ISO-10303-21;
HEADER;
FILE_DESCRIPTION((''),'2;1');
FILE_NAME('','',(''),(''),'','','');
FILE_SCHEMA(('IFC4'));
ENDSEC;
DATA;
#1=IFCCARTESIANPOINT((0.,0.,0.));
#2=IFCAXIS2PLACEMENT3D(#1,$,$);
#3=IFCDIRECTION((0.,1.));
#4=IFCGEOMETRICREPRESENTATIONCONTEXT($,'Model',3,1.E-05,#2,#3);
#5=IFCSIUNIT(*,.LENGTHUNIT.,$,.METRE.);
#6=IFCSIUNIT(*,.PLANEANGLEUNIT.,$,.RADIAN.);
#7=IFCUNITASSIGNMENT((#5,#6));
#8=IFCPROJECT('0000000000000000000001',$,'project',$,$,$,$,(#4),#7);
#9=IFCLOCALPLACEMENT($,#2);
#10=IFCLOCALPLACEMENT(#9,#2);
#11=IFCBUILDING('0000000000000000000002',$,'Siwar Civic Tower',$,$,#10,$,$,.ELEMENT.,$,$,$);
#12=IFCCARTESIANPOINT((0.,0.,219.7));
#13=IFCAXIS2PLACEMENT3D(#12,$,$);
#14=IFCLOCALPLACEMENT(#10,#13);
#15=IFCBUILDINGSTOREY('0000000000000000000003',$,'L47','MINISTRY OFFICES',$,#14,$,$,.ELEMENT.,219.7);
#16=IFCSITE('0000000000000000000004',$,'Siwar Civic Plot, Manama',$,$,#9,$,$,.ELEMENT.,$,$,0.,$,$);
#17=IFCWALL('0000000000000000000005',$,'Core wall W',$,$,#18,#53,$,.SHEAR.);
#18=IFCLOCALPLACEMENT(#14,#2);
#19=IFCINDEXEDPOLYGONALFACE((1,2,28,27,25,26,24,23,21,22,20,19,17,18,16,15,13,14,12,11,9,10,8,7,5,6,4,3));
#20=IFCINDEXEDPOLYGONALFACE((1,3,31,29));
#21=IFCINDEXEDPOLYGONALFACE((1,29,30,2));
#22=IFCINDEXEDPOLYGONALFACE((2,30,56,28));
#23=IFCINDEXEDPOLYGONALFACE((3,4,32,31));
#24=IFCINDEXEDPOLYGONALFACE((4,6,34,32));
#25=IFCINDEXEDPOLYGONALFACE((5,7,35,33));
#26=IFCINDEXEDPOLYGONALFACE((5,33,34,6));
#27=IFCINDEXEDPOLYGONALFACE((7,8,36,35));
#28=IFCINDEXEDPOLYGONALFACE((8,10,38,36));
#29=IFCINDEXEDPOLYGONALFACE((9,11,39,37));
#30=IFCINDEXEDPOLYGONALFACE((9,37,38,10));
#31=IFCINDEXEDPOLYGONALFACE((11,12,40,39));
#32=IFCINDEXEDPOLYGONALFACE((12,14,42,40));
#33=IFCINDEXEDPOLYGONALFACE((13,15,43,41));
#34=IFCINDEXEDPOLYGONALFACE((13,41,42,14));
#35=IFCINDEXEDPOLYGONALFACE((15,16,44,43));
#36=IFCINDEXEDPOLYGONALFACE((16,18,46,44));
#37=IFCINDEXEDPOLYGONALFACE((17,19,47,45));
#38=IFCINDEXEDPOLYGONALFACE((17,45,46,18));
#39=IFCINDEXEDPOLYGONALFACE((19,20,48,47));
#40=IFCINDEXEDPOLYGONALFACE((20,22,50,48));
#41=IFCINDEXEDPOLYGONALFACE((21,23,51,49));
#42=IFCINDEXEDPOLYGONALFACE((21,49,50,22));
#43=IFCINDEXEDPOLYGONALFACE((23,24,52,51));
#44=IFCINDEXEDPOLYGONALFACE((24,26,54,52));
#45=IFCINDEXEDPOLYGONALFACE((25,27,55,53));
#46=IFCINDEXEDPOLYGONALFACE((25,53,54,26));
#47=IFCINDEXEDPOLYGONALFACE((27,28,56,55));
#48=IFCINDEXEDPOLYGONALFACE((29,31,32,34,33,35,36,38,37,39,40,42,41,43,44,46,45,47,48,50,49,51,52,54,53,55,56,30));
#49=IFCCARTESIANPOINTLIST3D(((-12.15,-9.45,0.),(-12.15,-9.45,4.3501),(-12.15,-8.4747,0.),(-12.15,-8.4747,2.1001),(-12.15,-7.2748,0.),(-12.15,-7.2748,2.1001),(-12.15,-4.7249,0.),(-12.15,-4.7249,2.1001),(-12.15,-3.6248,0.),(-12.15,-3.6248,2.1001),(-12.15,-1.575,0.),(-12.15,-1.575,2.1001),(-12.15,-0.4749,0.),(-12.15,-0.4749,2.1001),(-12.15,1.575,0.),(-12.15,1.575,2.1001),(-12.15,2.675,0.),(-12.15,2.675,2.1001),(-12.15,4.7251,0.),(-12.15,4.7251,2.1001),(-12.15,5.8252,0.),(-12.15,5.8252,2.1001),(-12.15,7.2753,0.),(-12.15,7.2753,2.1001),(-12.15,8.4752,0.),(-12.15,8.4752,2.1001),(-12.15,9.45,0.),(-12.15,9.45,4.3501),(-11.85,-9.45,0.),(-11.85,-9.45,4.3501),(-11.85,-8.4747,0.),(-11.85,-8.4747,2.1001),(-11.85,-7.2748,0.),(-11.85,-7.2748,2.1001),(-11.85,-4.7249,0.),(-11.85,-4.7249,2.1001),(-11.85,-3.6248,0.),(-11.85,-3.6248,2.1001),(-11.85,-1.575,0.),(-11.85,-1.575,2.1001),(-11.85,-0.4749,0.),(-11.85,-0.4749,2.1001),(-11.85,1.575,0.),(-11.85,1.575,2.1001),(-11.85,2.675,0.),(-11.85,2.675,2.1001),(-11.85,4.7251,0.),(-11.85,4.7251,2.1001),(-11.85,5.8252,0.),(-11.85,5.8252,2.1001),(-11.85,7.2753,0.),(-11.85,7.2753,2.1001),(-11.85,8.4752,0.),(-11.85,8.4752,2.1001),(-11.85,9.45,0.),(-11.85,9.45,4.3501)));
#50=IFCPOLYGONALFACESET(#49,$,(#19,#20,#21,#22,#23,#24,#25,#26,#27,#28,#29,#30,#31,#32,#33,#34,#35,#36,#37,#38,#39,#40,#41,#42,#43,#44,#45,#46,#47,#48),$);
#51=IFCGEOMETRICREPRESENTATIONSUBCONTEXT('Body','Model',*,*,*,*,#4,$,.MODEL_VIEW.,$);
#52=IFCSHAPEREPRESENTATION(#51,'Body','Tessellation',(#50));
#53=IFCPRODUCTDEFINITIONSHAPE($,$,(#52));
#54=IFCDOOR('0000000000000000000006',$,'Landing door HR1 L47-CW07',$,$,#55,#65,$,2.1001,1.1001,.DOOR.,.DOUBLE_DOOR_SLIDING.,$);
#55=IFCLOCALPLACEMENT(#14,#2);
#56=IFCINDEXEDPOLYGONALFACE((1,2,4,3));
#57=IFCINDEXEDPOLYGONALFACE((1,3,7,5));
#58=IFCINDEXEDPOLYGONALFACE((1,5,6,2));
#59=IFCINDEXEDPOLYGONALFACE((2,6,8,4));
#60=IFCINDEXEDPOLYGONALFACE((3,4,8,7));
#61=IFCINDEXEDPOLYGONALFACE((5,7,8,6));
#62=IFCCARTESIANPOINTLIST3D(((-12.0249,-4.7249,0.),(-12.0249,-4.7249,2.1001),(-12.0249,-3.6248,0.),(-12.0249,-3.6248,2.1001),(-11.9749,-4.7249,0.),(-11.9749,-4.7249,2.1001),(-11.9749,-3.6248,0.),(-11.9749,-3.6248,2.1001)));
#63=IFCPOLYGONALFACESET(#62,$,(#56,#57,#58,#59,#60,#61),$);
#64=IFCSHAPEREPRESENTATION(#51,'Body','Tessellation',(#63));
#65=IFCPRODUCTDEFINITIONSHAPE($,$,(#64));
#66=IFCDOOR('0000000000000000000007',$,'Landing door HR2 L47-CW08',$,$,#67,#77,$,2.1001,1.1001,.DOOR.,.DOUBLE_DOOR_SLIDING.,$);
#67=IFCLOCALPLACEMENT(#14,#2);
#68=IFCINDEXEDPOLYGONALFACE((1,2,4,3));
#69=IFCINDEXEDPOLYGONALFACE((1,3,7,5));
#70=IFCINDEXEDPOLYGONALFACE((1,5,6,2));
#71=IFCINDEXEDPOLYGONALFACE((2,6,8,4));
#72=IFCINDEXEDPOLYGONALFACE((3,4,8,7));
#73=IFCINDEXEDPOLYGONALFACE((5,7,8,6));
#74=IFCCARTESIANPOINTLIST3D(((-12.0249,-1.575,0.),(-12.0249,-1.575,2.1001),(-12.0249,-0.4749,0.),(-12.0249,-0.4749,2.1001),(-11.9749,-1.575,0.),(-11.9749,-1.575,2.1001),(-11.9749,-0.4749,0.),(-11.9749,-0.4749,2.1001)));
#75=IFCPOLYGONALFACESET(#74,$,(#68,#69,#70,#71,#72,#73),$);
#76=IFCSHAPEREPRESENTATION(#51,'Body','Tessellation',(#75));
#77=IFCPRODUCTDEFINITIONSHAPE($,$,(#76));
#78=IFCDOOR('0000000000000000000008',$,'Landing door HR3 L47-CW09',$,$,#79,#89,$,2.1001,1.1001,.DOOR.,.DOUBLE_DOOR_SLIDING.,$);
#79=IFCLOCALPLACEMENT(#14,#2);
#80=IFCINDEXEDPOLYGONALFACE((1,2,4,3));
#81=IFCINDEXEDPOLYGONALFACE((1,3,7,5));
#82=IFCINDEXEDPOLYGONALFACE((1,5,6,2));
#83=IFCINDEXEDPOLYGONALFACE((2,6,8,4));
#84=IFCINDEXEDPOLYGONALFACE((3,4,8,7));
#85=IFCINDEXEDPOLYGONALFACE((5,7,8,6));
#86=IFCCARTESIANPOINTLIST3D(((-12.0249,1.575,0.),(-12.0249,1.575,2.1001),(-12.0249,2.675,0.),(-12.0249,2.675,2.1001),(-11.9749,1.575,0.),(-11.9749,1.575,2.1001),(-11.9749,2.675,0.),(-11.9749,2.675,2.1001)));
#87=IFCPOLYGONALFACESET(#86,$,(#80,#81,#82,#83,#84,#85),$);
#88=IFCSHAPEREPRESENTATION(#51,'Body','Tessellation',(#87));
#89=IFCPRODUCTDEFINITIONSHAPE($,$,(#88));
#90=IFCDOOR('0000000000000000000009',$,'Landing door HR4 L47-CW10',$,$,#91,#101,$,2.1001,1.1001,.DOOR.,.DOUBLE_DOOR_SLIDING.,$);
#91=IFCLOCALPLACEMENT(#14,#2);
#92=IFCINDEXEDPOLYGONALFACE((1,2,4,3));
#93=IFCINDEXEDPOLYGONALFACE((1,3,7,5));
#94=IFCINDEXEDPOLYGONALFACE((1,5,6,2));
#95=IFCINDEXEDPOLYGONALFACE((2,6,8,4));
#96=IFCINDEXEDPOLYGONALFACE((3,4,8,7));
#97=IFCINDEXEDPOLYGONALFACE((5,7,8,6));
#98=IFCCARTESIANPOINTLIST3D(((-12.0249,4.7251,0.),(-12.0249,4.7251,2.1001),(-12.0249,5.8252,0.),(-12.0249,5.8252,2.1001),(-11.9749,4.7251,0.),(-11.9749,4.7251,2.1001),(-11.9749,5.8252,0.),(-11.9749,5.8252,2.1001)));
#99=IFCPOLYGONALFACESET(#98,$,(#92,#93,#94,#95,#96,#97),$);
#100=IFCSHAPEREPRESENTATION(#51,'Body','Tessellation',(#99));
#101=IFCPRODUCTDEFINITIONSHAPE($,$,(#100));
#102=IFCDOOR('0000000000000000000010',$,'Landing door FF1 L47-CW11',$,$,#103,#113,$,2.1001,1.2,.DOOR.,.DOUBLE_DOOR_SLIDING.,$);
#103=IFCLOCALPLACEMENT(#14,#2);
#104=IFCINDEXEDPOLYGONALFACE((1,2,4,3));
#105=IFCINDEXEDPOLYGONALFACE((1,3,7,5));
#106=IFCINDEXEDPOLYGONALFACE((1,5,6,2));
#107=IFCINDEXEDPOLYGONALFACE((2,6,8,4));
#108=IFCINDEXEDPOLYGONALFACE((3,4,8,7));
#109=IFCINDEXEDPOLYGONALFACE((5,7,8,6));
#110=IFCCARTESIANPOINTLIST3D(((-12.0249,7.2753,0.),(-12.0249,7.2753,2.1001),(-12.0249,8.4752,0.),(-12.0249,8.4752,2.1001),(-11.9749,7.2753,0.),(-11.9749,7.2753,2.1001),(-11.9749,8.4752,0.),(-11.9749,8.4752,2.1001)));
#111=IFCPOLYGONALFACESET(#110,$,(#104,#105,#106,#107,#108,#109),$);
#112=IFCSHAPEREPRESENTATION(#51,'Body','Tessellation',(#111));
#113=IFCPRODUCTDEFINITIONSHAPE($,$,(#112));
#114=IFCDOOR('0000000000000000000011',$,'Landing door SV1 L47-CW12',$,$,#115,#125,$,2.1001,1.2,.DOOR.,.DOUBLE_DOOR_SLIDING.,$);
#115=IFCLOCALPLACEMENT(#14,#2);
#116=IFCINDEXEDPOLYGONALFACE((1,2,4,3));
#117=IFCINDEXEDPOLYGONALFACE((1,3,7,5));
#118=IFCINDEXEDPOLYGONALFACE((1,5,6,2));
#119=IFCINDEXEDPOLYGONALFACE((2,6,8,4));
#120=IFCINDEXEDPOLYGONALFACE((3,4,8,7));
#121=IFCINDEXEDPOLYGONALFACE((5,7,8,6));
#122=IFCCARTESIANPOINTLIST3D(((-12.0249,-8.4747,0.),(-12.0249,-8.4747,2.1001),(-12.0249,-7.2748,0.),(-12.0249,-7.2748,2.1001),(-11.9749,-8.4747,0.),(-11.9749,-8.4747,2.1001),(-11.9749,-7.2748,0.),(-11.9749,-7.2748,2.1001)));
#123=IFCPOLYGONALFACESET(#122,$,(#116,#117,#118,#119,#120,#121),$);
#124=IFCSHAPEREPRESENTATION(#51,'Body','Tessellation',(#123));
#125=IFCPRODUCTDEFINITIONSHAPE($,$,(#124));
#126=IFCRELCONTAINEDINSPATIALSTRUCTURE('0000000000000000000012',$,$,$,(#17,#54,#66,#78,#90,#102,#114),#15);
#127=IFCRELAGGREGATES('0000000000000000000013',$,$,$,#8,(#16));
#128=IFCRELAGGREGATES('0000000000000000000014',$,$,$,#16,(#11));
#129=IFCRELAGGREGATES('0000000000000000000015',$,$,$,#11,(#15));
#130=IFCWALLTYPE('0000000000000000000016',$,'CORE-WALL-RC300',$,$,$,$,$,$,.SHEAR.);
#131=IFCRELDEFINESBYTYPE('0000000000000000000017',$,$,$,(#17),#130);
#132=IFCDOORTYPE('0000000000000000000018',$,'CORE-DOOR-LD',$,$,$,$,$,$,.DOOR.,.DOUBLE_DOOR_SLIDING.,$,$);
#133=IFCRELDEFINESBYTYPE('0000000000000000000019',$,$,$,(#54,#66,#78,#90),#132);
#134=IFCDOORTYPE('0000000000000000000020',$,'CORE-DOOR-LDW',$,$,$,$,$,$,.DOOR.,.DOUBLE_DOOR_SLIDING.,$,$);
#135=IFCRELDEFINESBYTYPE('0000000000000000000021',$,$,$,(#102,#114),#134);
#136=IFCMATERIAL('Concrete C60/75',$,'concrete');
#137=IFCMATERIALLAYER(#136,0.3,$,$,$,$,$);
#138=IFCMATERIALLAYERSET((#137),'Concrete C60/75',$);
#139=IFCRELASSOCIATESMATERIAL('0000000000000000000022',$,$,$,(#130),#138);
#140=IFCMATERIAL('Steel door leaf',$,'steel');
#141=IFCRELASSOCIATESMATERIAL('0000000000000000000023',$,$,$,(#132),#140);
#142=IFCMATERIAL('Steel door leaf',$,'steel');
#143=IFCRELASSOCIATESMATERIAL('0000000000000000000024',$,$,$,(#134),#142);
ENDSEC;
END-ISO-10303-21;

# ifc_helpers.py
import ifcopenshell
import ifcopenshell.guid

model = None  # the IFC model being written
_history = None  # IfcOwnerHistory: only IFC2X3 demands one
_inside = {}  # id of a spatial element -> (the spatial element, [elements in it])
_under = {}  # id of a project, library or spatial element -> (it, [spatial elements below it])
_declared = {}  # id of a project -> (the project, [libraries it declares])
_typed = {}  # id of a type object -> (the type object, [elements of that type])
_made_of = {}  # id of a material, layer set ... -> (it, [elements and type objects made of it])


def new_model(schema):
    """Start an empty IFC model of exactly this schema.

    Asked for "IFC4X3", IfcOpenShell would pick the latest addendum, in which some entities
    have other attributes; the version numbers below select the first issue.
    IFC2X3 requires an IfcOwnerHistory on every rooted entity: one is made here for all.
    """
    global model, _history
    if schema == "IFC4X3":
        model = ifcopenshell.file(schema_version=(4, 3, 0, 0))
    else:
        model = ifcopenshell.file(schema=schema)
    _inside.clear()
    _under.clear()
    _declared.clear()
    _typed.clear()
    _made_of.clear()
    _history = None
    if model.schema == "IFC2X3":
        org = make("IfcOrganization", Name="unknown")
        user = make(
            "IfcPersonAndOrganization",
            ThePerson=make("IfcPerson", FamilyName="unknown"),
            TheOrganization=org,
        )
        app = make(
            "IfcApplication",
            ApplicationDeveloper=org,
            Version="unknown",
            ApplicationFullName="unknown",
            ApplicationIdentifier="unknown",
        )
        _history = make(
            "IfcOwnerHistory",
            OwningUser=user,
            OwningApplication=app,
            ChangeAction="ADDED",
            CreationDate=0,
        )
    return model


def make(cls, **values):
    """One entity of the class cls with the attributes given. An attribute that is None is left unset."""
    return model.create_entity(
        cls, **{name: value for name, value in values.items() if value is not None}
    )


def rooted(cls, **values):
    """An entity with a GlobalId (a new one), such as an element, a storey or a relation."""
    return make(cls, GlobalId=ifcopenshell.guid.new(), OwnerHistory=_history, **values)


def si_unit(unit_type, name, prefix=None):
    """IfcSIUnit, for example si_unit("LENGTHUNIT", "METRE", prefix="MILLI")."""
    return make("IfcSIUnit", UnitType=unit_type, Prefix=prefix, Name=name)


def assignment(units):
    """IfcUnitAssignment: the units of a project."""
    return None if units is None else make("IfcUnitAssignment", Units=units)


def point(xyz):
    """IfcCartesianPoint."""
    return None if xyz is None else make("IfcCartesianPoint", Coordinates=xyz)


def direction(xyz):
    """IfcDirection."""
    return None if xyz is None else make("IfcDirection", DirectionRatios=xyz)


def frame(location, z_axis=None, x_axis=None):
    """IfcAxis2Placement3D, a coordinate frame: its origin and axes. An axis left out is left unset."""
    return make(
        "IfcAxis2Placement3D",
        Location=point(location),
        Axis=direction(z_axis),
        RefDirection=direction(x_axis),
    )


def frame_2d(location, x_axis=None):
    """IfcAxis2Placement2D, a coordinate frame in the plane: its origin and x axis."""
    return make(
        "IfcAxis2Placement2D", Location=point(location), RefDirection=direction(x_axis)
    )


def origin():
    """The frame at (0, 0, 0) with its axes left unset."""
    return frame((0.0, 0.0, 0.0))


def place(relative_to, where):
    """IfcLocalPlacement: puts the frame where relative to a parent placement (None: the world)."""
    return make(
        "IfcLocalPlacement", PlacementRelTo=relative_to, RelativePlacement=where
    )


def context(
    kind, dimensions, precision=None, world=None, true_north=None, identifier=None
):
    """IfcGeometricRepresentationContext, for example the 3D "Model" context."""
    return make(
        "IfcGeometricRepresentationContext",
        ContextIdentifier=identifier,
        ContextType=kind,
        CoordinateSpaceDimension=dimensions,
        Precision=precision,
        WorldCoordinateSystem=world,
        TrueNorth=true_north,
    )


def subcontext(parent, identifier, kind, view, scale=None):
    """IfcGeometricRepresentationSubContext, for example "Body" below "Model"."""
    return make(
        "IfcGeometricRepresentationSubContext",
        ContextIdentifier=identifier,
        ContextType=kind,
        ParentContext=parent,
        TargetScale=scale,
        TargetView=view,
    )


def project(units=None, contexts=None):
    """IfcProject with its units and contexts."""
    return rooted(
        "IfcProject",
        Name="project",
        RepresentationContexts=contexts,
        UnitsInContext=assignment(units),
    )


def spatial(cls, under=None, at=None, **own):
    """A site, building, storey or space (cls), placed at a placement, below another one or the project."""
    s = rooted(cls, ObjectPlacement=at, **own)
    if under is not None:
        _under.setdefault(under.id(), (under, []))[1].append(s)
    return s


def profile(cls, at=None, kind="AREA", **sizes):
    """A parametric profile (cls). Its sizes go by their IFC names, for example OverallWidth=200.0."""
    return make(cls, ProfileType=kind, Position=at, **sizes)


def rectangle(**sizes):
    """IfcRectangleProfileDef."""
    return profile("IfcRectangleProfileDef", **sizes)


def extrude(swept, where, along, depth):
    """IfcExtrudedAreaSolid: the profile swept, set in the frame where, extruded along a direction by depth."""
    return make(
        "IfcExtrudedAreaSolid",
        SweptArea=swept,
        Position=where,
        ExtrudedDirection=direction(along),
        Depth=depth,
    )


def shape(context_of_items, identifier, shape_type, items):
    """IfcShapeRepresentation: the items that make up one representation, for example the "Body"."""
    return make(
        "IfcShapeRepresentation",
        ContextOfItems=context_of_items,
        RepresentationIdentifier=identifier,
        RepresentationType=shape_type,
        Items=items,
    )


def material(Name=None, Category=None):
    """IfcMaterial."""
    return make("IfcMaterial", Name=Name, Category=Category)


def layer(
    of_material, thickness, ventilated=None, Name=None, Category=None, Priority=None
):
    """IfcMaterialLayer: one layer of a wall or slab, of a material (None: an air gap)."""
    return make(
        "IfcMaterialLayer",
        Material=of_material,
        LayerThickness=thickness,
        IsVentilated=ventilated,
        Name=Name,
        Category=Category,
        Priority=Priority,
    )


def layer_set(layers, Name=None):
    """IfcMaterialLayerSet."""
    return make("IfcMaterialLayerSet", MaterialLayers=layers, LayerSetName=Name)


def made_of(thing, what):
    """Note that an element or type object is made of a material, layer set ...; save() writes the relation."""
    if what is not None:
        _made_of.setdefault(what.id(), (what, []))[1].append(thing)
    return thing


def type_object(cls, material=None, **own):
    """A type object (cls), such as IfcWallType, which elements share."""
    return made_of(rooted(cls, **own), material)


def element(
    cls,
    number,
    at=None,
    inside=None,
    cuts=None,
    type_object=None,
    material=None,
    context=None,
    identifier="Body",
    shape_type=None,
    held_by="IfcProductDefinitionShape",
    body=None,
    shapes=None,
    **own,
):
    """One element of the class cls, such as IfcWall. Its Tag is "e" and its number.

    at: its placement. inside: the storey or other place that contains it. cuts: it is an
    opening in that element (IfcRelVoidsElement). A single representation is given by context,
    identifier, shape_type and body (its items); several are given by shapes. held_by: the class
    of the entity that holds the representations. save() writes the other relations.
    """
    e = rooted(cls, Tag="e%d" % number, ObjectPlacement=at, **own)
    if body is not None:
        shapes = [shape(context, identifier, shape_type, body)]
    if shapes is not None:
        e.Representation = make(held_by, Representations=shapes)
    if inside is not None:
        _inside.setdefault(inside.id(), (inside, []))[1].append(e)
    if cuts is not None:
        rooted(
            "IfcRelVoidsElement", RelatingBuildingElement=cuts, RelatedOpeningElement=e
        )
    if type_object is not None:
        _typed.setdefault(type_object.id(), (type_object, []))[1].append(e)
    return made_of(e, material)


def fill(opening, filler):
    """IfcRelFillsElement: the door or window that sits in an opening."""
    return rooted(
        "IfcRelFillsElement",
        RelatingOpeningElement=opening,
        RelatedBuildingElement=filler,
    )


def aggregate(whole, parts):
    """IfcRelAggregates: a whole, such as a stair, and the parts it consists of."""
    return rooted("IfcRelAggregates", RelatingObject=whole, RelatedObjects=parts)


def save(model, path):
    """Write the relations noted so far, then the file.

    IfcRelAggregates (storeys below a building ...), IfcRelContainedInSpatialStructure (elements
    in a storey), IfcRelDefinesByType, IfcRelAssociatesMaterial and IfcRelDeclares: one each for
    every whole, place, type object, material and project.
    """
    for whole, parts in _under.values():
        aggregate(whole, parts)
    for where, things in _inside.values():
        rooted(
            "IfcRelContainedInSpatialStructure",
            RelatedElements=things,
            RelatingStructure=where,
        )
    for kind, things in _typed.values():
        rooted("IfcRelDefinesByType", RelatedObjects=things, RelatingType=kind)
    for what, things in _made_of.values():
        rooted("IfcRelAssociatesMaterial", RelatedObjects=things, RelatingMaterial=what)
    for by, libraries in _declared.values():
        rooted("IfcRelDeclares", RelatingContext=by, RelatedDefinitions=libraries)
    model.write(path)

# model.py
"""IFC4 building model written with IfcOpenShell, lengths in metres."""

from ifc_helpers import new_model, si_unit, direction, frame, frame_2d, origin, place, context, subcontext, project, spatial, rectangle, extrude, material, layer, layer_set, type_object, element, fill, save


model = new_model("IFC4")

# Units and contexts
model_context = context("Model", 3, precision=1e-05, world=origin(), true_north=direction((0.0, 1.0)))
body_context = subcontext(model_context, "Body", "Model", "MODEL_VIEW")
ifc_project = project(units=[si_unit("LENGTHUNIT", "METRE"), si_unit("PLANEANGLEUNIT", "RADIAN")], contexts=[model_context])

# Site, building, storey
site_placement = place(None, origin())
site = spatial("IfcSite", under=ifc_project, at=site_placement, Name="Siwar Civic Plot, Manama", CompositionType="ELEMENT", RefElevation=0.0)
building_placement = place(site_placement, origin())
building = spatial("IfcBuilding", under=site, at=building_placement, Name="Siwar Civic Tower", CompositionType="ELEMENT")
storey_placement = place(building_placement, frame((0.0, 0.0, 219.7)))
storey = spatial("IfcBuildingStorey", under=building, at=storey_placement, Name="L47", Description="MINISTRY OFFICES", CompositionType="ELEMENT", Elevation=219.7)

# Wall, openings, doors
ifc_material_1 = material(Name="Concrete C60/75", Category="concrete")
ifc_layer_1 = layer(ifc_material_1, 0.3)
ifc_layer_set_1 = layer_set([ifc_layer_1], Name="Concrete C60/75")
wall_type_1 = type_object("IfcWallType", Name="CORE-WALL-RC300", PredefinedType="SHEAR", material=ifc_layer_set_1)
wall_1_placement = place(storey_placement, frame((-12.0, -9.45, 0.0), z_axis=(0.0, 0.0, 1.0), x_axis=(0.0, 1.0, 0.0)))
wall_1 = element("IfcWall", 1, at=wall_1_placement, inside=storey, type_object=wall_type_1, Name="Core wall W", PredefinedType="SHEAR", context=body_context, shape_type="SweptSolid", body=[
    extrude(rectangle(XDim=18.8999, YDim=0.3, at=frame_2d((9.45, 0.0))), origin(), (0.0, 0.0, 1.0), 4.3501),
])
opening_1_placement = place(wall_1_placement, frame((4.7251, 0.0, 0.0)))
opening_1 = element("IfcOpeningElement", 2, at=opening_1_placement, cuts=wall_1, PredefinedType="OPENING", context=body_context, shape_type="SweptSolid", body=[
    extrude(rectangle(XDim=1.1001, YDim=2.1001, at=frame_2d((0.55, 1.05))), frame((0.0, 0.1602, 0.0), z_axis=(0.0, -1.0, 0.0), x_axis=(1.0, 0.0, 0.0)), (0.0, 0.0, 1.0), 0.3201),
])
opening_2_placement = place(wall_1_placement, frame((7.875, 0.0, 0.0)))
opening_2 = element("IfcOpeningElement", 3, at=opening_2_placement, cuts=wall_1, PredefinedType="OPENING", context=body_context, shape_type="SweptSolid", body=[
    extrude(rectangle(XDim=1.1001, YDim=2.1001, at=frame_2d((0.55, 1.05))), frame((0.0, 0.1602, 0.0), z_axis=(0.0, -1.0, 0.0), x_axis=(1.0, 0.0, 0.0)), (0.0, 0.0, 1.0), 0.3201),
])
opening_3_placement = place(wall_1_placement, frame((11.0249, 0.0, 0.0)))
opening_3 = element("IfcOpeningElement", 4, at=opening_3_placement, cuts=wall_1, PredefinedType="OPENING", context=body_context, shape_type="SweptSolid", body=[
    extrude(rectangle(XDim=1.1001, YDim=2.1001, at=frame_2d((0.55, 1.05))), frame((0.0, 0.1602, 0.0), z_axis=(0.0, -1.0, 0.0), x_axis=(1.0, 0.0, 0.0)), (0.0, 0.0, 1.0), 0.3201),
])
opening_4_placement = place(wall_1_placement, frame((14.175, 0.0, 0.0)))
opening_4 = element("IfcOpeningElement", 5, at=opening_4_placement, cuts=wall_1, PredefinedType="OPENING", context=body_context, shape_type="SweptSolid", body=[
    extrude(rectangle(XDim=1.1001, YDim=2.1001, at=frame_2d((0.55, 1.05))), frame((0.0, 0.1602, 0.0), z_axis=(0.0, -1.0, 0.0), x_axis=(1.0, 0.0, 0.0)), (0.0, 0.0, 1.0), 0.3201),
])
opening_5_placement = place(wall_1_placement, frame((16.7251, 0.0, 0.0)))
opening_5 = element("IfcOpeningElement", 6, at=opening_5_placement, cuts=wall_1, PredefinedType="OPENING", context=body_context, shape_type="SweptSolid", body=[
    extrude(rectangle(XDim=1.2, YDim=2.1001, at=frame_2d((0.6001, 1.05))), frame((0.0, 0.1602, 0.0), z_axis=(0.0, -1.0, 0.0), x_axis=(1.0, 0.0, 0.0)), (0.0, 0.0, 1.0), 0.3201),
])
opening_6_placement = place(wall_1_placement, frame((0.9751, 0.0, 0.0)))
opening_6 = element("IfcOpeningElement", 7, at=opening_6_placement, cuts=wall_1, PredefinedType="OPENING", context=body_context, shape_type="SweptSolid", body=[
    extrude(rectangle(XDim=1.2, YDim=2.1001, at=frame_2d((0.6001, 1.05))), frame((0.0, 0.1602, 0.0), z_axis=(0.0, -1.0, 0.0), x_axis=(1.0, 0.0, 0.0)), (0.0, 0.0, 1.0), 0.3201),
])
ifc_material_2 = material(Name="Steel door leaf", Category="steel")
door_type_1 = type_object("IfcDoorType", Name="CORE-DOOR-LD", OperationType="DOUBLE_DOOR_SLIDING", PredefinedType="DOOR", material=ifc_material_2)
door_1_placement = place(opening_1_placement, origin())
door_1 = element("IfcDoor", 8, at=door_1_placement, inside=storey, type_object=door_type_1, Name="Landing door HR1 L47-CW07", OperationType="DOUBLE_DOOR_SLIDING", OverallHeight=2.1001, OverallWidth=1.1001, PredefinedType="DOOR", context=body_context, shape_type="SweptSolid", body=[
    extrude(rectangle(XDim=1.1001, YDim=2.1001, at=frame_2d((0.55, 1.05))), frame((0.0, 0.0249, 0.0), z_axis=(0.0, -1.0, 0.0), x_axis=(1.0, 0.0, 0.0)), (0.0, 0.0, 1.0), 0.05),
])
fill(opening_1, door_1)
door_2_placement = place(opening_2_placement, origin())
door_2 = element("IfcDoor", 9, at=door_2_placement, inside=storey, type_object=door_type_1, Name="Landing door HR2 L47-CW08", OperationType="DOUBLE_DOOR_SLIDING", OverallHeight=2.1001, OverallWidth=1.1001, PredefinedType="DOOR", context=body_context, shape_type="SweptSolid", body=[
    extrude(rectangle(XDim=1.1001, YDim=2.1001, at=frame_2d((0.55, 1.05))), frame((0.0, 0.0249, 0.0), z_axis=(0.0, -1.0, 0.0), x_axis=(1.0, 0.0, 0.0)), (0.0, 0.0, 1.0), 0.05),
])
fill(opening_2, door_2)
door_3_placement = place(opening_3_placement, origin())
door_3 = element("IfcDoor", 10, at=door_3_placement, inside=storey, type_object=door_type_1, Name="Landing door HR3 L47-CW09", OperationType="DOUBLE_DOOR_SLIDING", OverallHeight=2.1001, OverallWidth=1.1001, PredefinedType="DOOR", context=body_context, shape_type="SweptSolid", body=[
    extrude(rectangle(XDim=1.1001, YDim=2.1001, at=frame_2d((0.55, 1.05))), frame((0.0, 0.0249, 0.0), z_axis=(0.0, -1.0, 0.0), x_axis=(1.0, 0.0, 0.0)), (0.0, 0.0, 1.0), 0.05),
])
fill(opening_3, door_3)
door_4_placement = place(opening_4_placement, origin())
door_4 = element("IfcDoor", 11, at=door_4_placement, inside=storey, type_object=door_type_1, Name="Landing door HR4 L47-CW10", OperationType="DOUBLE_DOOR_SLIDING", OverallHeight=2.1001, OverallWidth=1.1001, PredefinedType="DOOR", context=body_context, shape_type="SweptSolid", body=[
    extrude(rectangle(XDim=1.1001, YDim=2.1001, at=frame_2d((0.55, 1.05))), frame((0.0, 0.0249, 0.0), z_axis=(0.0, -1.0, 0.0), x_axis=(1.0, 0.0, 0.0)), (0.0, 0.0, 1.0), 0.05),
])
fill(opening_4, door_4)
ifc_material_3 = material(Name="Steel door leaf", Category="steel")
door_type_2 = type_object("IfcDoorType", Name="CORE-DOOR-LDW", OperationType="DOUBLE_DOOR_SLIDING", PredefinedType="DOOR", material=ifc_material_3)
door_5_placement = place(opening_5_placement, origin())
door_5 = element("IfcDoor", 12, at=door_5_placement, inside=storey, type_object=door_type_2, Name="Landing door FF1 L47-CW11", OperationType="DOUBLE_DOOR_SLIDING", OverallHeight=2.1001, OverallWidth=1.2, PredefinedType="DOOR", context=body_context, shape_type="SweptSolid", body=[
    extrude(rectangle(XDim=1.2, YDim=2.1001, at=frame_2d((0.6001, 1.05))), frame((0.0, 0.0249, 0.0), z_axis=(0.0, -1.0, 0.0), x_axis=(1.0, 0.0, 0.0)), (0.0, 0.0, 1.0), 0.05),
])
fill(opening_5, door_5)
door_6_placement = place(opening_6_placement, origin())
door_6 = element("IfcDoor", 13, at=door_6_placement, inside=storey, type_object=door_type_2, Name="Landing door SV1 L47-CW12", OperationType="DOUBLE_DOOR_SLIDING", OverallHeight=2.1001, OverallWidth=1.2, PredefinedType="DOOR", context=body_context, shape_type="SweptSolid", body=[
    extrude(rectangle(XDim=1.2, YDim=2.1001, at=frame_2d((0.6001, 1.05))), frame((0.0, 0.0249, 0.0), z_axis=(0.0, -1.0, 0.0), x_axis=(1.0, 0.0, 0.0)), (0.0, 0.0, 1.0), 0.05),
])
fill(opening_6, door_6)

save(model, "model.ifc")
